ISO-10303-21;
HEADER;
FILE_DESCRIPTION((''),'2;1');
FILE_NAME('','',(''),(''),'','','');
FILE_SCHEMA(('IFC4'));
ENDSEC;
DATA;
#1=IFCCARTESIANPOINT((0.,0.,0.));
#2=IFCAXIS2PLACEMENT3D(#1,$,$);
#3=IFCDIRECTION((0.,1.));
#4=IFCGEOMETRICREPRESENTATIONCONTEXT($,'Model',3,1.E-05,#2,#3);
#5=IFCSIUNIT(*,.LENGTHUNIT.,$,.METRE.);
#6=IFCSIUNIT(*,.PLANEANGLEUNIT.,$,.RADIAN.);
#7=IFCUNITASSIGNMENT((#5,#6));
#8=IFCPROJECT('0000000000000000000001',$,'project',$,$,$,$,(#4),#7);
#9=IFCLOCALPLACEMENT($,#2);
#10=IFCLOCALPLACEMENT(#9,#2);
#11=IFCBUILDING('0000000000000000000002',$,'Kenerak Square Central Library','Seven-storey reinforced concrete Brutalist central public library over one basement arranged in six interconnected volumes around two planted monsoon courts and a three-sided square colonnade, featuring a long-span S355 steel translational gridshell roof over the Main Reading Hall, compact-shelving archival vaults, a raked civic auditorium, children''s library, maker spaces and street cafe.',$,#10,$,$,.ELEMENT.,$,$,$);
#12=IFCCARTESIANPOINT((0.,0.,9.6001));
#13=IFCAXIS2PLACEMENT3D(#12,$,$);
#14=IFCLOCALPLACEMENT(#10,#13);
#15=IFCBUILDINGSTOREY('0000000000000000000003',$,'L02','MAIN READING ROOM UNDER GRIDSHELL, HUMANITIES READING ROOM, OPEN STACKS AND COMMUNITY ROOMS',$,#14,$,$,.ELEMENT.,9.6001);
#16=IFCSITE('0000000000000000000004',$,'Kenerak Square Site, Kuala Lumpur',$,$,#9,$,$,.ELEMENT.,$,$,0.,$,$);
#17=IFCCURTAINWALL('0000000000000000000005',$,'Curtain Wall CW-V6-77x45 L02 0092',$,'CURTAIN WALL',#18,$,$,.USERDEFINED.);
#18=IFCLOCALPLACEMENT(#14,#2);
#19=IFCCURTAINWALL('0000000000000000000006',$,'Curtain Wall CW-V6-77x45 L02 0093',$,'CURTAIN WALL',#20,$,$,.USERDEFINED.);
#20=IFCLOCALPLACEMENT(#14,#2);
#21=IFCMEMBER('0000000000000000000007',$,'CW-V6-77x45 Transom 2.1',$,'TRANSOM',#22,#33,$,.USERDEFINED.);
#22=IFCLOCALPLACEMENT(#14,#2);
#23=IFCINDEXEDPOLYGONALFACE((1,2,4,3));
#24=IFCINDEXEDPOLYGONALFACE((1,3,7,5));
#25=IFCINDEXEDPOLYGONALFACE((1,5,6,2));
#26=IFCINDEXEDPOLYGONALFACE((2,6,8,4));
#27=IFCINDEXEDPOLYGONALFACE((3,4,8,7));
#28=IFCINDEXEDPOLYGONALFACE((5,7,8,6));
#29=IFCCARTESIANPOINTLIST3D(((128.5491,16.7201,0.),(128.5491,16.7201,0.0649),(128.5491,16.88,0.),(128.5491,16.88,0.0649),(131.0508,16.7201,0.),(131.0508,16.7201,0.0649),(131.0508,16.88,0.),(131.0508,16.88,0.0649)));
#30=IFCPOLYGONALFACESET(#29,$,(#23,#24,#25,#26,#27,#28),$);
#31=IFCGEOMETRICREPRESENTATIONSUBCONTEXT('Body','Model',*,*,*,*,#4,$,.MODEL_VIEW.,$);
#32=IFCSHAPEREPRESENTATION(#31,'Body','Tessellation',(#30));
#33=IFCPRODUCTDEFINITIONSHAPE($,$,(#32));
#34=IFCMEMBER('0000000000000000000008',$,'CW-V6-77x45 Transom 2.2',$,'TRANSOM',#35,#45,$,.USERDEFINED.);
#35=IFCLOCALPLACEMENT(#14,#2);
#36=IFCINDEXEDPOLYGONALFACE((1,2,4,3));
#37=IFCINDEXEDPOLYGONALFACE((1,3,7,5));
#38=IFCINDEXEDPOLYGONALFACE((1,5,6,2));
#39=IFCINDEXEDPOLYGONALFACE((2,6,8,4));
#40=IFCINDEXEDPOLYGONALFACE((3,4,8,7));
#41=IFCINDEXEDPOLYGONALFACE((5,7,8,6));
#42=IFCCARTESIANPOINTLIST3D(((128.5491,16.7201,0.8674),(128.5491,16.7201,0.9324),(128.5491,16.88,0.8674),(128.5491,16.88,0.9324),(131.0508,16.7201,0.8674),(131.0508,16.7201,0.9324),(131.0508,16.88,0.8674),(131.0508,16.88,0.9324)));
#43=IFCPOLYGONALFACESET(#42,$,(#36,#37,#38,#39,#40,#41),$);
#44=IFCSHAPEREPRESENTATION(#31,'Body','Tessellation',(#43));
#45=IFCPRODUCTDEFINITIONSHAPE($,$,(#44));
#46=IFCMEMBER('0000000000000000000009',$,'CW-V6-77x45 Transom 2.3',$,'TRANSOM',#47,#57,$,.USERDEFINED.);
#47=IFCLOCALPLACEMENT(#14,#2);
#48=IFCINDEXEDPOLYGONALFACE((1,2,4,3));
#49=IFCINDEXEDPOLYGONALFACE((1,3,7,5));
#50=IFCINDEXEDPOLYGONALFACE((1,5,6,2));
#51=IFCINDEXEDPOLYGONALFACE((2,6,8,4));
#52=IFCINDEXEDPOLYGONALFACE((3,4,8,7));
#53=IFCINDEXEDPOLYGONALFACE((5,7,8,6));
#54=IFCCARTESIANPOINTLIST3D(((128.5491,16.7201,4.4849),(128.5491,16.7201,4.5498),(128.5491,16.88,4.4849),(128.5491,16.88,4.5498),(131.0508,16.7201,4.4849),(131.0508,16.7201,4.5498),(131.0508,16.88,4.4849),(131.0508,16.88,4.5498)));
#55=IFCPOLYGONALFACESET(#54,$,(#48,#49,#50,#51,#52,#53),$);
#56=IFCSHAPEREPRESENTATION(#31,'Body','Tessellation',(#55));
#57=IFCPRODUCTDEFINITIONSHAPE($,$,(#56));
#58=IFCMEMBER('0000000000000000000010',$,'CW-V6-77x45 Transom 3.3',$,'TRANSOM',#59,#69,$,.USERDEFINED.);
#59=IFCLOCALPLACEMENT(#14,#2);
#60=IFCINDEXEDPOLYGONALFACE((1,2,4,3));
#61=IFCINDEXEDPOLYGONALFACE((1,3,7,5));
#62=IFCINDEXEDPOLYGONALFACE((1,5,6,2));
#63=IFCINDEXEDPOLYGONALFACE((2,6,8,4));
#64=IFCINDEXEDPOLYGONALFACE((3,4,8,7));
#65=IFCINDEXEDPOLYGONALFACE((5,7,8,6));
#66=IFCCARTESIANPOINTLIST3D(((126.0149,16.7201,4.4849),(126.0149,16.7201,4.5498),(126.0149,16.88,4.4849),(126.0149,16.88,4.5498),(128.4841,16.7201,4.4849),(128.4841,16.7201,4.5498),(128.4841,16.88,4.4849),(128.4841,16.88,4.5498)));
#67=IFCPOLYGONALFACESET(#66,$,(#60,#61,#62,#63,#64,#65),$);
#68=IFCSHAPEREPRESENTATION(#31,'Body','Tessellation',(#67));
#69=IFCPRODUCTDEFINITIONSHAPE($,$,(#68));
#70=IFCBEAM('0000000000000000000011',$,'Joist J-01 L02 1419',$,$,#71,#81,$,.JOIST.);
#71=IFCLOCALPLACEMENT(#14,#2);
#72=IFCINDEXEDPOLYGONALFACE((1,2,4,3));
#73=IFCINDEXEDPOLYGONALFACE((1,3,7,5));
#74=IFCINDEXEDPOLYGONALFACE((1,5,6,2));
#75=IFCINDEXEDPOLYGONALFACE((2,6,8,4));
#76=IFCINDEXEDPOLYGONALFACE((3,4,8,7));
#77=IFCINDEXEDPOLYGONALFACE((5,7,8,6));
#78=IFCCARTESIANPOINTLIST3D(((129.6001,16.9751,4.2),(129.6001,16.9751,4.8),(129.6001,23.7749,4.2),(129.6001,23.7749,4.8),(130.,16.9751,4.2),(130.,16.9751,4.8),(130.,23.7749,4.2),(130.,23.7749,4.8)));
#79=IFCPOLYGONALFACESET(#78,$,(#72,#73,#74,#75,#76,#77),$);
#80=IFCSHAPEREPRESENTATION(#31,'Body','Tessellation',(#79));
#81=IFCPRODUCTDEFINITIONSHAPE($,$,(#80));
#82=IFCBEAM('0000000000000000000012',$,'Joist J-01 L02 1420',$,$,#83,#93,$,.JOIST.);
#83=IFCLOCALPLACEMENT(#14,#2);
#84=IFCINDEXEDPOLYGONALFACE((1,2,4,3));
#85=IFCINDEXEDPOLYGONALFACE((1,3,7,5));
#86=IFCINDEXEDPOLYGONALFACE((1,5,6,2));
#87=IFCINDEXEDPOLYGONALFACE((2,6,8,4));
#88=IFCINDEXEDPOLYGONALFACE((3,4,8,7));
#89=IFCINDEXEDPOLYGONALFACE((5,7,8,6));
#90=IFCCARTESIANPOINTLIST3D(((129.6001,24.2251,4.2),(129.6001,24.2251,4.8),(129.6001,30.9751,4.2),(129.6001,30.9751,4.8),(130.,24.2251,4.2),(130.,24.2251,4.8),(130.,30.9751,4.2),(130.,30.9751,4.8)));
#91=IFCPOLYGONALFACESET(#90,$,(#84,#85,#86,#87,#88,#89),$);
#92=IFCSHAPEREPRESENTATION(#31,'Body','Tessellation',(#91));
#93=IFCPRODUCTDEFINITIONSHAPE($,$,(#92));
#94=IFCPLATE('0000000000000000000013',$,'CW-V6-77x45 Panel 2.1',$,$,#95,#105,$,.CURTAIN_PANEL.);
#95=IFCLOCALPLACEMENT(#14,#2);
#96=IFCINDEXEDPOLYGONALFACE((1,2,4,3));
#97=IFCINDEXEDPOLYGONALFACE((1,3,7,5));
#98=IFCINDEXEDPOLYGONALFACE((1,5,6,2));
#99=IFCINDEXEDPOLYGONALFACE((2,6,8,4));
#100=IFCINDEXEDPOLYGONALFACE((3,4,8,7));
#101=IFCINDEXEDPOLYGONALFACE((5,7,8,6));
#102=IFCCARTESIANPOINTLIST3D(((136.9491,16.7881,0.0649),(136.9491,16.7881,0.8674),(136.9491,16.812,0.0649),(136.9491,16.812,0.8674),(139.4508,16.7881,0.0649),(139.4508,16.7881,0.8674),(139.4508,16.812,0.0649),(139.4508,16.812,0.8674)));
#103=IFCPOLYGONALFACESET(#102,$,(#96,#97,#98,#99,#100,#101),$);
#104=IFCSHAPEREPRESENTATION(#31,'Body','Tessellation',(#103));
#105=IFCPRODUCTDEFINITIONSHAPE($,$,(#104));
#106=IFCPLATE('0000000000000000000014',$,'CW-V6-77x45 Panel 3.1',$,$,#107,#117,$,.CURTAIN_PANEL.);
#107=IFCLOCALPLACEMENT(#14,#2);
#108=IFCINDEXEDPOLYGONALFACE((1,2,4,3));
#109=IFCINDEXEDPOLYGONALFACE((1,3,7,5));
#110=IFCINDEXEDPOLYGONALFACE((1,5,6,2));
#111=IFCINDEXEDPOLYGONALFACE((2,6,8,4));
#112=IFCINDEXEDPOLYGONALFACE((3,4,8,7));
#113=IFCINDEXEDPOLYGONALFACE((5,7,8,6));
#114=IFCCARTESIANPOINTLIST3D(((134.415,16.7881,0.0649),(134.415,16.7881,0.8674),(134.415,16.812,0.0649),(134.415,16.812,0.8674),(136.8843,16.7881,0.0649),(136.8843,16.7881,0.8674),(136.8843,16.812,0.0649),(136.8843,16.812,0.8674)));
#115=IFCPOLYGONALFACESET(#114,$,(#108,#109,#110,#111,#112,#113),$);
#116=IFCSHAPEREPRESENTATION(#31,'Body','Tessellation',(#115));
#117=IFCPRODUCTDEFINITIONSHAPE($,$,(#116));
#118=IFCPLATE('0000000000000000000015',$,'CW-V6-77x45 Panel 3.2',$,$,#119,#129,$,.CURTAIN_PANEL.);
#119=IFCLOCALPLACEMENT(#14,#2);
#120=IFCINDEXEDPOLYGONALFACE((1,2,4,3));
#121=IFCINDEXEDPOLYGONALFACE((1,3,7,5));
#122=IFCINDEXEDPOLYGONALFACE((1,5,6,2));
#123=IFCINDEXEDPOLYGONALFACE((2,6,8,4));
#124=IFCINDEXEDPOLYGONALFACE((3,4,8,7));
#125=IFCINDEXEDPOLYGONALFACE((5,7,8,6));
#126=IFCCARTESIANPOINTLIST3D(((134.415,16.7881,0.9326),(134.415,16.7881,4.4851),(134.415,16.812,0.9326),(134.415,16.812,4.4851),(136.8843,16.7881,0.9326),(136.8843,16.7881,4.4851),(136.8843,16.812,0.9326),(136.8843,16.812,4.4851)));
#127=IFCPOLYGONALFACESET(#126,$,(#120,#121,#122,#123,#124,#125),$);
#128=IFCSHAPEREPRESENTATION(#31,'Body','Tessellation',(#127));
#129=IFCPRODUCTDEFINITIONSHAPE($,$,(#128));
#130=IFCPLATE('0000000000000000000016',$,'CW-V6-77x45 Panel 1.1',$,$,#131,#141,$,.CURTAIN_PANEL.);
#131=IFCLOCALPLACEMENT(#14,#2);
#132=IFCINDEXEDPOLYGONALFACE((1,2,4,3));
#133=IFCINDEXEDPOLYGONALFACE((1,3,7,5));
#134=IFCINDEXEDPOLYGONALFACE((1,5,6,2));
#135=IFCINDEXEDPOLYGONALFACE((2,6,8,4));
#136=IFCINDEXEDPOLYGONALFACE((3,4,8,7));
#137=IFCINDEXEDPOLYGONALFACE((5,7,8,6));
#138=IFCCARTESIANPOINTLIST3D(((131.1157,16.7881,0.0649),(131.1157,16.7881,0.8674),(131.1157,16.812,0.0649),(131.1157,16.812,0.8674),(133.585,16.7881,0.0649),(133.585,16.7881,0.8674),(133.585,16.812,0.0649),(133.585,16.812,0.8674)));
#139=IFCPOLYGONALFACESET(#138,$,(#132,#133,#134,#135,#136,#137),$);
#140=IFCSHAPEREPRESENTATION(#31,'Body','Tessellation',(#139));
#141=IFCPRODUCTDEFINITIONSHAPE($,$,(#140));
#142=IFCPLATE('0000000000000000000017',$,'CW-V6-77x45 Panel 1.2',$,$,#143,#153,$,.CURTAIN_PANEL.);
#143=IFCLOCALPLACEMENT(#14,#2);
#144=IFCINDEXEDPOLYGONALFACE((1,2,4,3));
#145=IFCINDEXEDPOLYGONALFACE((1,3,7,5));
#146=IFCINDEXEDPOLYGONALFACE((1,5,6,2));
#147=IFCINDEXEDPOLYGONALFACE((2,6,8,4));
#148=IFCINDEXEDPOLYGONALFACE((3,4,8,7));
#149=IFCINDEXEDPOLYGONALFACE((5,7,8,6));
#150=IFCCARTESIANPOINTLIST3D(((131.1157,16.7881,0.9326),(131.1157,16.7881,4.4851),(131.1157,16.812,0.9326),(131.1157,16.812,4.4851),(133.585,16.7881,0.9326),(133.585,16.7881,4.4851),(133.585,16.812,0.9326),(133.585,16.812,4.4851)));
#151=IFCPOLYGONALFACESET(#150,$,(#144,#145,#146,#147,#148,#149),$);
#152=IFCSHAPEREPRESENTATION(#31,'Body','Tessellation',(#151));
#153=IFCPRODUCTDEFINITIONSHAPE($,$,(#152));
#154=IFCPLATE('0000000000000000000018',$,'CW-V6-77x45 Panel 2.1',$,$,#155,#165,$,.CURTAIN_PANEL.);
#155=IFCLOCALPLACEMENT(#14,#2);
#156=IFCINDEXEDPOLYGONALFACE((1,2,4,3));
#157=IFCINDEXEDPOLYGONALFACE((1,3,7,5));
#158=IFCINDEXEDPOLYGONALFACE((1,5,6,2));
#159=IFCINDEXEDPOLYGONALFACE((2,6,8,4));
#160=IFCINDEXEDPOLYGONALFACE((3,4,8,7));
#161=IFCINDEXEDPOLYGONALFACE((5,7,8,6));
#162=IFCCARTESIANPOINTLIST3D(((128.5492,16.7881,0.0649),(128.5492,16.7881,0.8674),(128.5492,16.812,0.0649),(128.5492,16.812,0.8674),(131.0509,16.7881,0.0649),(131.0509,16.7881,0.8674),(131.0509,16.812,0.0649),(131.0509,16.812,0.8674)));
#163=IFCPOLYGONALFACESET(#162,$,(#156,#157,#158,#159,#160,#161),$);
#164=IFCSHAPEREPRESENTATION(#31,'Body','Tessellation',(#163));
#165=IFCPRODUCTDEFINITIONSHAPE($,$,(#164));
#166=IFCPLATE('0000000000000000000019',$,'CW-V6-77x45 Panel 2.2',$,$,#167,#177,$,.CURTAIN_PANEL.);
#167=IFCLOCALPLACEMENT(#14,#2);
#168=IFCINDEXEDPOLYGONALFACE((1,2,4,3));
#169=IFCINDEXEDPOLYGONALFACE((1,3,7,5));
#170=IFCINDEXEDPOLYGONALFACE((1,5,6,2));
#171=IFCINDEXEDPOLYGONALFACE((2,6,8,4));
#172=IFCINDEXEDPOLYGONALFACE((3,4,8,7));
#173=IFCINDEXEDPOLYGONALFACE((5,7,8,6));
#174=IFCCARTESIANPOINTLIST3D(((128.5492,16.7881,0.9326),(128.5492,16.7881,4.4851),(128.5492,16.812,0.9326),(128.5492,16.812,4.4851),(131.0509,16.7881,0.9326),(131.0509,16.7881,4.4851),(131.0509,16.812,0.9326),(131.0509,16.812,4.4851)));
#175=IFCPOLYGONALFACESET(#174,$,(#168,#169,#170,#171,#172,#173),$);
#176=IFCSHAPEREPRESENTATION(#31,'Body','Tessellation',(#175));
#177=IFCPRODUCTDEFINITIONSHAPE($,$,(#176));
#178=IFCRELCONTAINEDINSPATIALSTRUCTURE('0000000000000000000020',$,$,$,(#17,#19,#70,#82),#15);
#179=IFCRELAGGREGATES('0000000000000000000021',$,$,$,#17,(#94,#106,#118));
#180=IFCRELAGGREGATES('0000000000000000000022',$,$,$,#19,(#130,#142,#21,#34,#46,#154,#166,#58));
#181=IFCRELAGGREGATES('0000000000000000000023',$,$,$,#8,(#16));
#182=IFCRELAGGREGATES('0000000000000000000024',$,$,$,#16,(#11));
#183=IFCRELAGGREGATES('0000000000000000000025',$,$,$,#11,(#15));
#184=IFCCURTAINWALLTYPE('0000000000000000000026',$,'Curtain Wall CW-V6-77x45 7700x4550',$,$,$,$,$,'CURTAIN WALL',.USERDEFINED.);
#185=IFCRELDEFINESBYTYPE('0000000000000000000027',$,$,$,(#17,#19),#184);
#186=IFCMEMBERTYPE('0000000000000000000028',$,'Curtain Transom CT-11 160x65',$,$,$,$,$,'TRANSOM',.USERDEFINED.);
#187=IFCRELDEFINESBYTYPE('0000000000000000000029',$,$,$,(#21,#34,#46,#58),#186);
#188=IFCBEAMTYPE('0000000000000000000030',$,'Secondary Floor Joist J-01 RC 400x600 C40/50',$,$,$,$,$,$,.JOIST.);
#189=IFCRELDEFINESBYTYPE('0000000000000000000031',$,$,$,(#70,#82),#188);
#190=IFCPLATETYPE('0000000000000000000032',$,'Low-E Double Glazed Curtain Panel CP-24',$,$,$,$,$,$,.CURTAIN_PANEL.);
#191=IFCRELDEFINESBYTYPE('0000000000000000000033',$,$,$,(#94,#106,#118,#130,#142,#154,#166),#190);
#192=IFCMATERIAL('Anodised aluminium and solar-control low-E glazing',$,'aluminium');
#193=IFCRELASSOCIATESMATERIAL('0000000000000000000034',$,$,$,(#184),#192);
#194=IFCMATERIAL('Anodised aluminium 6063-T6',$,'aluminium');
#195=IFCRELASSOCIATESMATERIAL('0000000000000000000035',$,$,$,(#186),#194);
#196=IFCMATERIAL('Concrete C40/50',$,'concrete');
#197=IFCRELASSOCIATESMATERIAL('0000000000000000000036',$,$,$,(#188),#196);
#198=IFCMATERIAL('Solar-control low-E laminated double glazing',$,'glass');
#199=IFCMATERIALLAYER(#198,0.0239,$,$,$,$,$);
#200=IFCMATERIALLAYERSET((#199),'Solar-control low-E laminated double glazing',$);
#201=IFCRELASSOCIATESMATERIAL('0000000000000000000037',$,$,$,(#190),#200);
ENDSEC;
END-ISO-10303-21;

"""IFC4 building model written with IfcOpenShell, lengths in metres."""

from ifc_helpers import new_model, si_unit, direction, frame, origin, origin_2d, place, context, subcontext, project, spatial, rectangle, extrude, material, layer, layer_set, material_profile, profile_set, type_object, element, aggregate, save


model = new_model("IFC4")

# Units and contexts
model_context = context("Model", 3, precision=1e-05, world=origin(), true_north=direction((0.0, 1.0)))
body_context = subcontext(model_context, "Body", "Model", "MODEL_VIEW")
ifc_project = project(units=[si_unit("LENGTHUNIT", "METRE"), si_unit("PLANEANGLEUNIT", "RADIAN")], contexts=[model_context])

# Site, building, storey
site_placement = place(None, origin())
site = spatial("IfcSite", under=ifc_project, at=site_placement, Name="Kenerak Square Site, Kuala Lumpur", CompositionType="ELEMENT", RefElevation=0.0)
building_placement = place(site_placement, origin())
building = spatial("IfcBuilding", under=site, at=building_placement, Name="Kenerak Square Central Library", Description="Seven-storey reinforced concrete Brutalist central public library over one basement arranged in six interconnected volumes around two planted monsoon courts and a three-sided square colonnade, featuring a long-span S355 steel translational gridshell roof over the Main Reading Hall, compact-shelving archival vaults, a raked civic auditorium, children's library, maker spaces and street cafe.", CompositionType="ELEMENT")
storey_placement = place(building_placement, frame((0.0, 0.0, 9.6001)))
storey = spatial("IfcBuildingStorey", under=building, at=storey_placement, Name="L02", Description="MAIN READING ROOM UNDER GRIDSHELL, HUMANITIES READING ROOM, OPEN STACKS AND COMMUNITY ROOMS", CompositionType="ELEMENT", Elevation=9.6001)

# Shared definitions
ifc_material_1 = material(Name="Concrete C40/50", Category="concrete")

# Curtain walls
ifc_material_2 = material(Name="Anodised aluminium and solar-control low-E glazing", Category="aluminium")
curtain_wall_type = type_object("IfcCurtainWallType", Name="Curtain Wall CW-V6-77x45 7700x4550", ElementType="CURTAIN WALL", PredefinedType="USERDEFINED", material=ifc_material_2)
curtain_wall_1_placement = place(storey_placement, origin())
curtain_wall_1 = element("IfcCurtainWall", 1, at=curtain_wall_1_placement, inside=storey, type_object=curtain_wall_type, Name="Curtain Wall CW-V6-77x45 L02 0092", ObjectType="CURTAIN WALL", PredefinedType="USERDEFINED")
ifc_material_3 = material(Name="Anodised aluminium 6063-T6", Category="aluminium")
curtain_wall_2_placement = place(storey_placement, origin())
curtain_wall_2 = element("IfcCurtainWall", 2, at=curtain_wall_2_placement, inside=storey, type_object=curtain_wall_type, Name="Curtain Wall CW-V6-77x45 L02 0093", ObjectType="CURTAIN WALL", PredefinedType="USERDEFINED")

# Members
ifc_material_profile_1 = material_profile(ifc_material_3, rectangle(XDim=0.1599, YDim=0.0649, at=origin_2d()), Name="AL TRANSOM 160x65")
ifc_profile_set_1 = profile_set([ifc_material_profile_1], Name="Anodised aluminium 6063-T6")
member_type_1 = type_object("IfcMemberType", Name="Curtain Transom CT-11 160x65", ElementType="TRANSOM", PredefinedType="USERDEFINED", material=ifc_profile_set_1)
member_1_placement = place(storey_placement, frame((131.0508, 16.8, 0.0325), z_axis=(-1.0, 0.0, 0.0), x_axis=(0.0, -1.0, 0.0)))
member_1 = element("IfcMember", 3, at=member_1_placement, type_object=member_type_1, Name="CW-V6-77x45 Transom 2.1", ObjectType="TRANSOM", PredefinedType="USERDEFINED", context=body_context, shape_type="SweptSolid", body=[
    extrude(rectangle(XDim=0.1599, YDim=0.0649, at=origin_2d()), origin(), (0.0, 0.0, 1.0), 2.5017),
])
member_2_placement = place(storey_placement, frame((131.0508, 16.8, 0.8999), z_axis=(-1.0, 0.0, 0.0), x_axis=(0.0, -1.0, 0.0)))
member_2 = element("IfcMember", 4, at=member_2_placement, type_object=member_type_1, Name="CW-V6-77x45 Transom 2.2", ObjectType="TRANSOM", PredefinedType="USERDEFINED", context=body_context, shape_type="SweptSolid", body=[
    extrude(rectangle(XDim=0.1599, YDim=0.0649, at=origin_2d()), origin(), (0.0, 0.0, 1.0), 2.5017),
])
member_3_placement = place(storey_placement, frame((131.0508, 16.8, 4.5173), z_axis=(-1.0, 0.0, 0.0), x_axis=(0.0, -1.0, 0.0)))
member_3 = element("IfcMember", 5, at=member_3_placement, type_object=member_type_1, Name="CW-V6-77x45 Transom 2.3", ObjectType="TRANSOM", PredefinedType="USERDEFINED", context=body_context, shape_type="SweptSolid", body=[
    extrude(rectangle(XDim=0.1599, YDim=0.0649, at=origin_2d()), origin(), (0.0, 0.0, 1.0), 2.5017),
])
member_4_placement = place(storey_placement, frame((128.4841, 16.8, 4.5173), z_axis=(-1.0, 0.0, 0.0), x_axis=(0.0, -1.0, 0.0)))
member_4 = element("IfcMember", 6, at=member_4_placement, type_object=member_type_1, Name="CW-V6-77x45 Transom 3.3", ObjectType="TRANSOM", PredefinedType="USERDEFINED", context=body_context, shape_type="SweptSolid", body=[
    extrude(rectangle(XDim=0.1599, YDim=0.0649, at=origin_2d()), origin(), (0.0, 0.0, 1.0), 2.4692),
])

# Beams
ifc_material_profile_2 = material_profile(ifc_material_1, rectangle(XDim=0.3999, YDim=0.6001, at=origin_2d()), Name="RC 400x600")
ifc_profile_set_2 = profile_set([ifc_material_profile_2], Name="Concrete C40/50")
beam_type_1 = type_object("IfcBeamType", Name="Secondary Floor Joist J-01 RC 400x600 C40/50", PredefinedType="JOIST", material=ifc_profile_set_2)
beam_1_placement = place(storey_placement, frame((129.8, 16.9751, 4.5), z_axis=(0.0, 1.0, 0.0), x_axis=(-1.0, 0.0, 0.0)))
element("IfcBeam", 7, at=beam_1_placement, inside=storey, type_object=beam_type_1, Name="Joist J-01 L02 1419", PredefinedType="JOIST", context=body_context, shape_type="SweptSolid", body=[
    extrude(rectangle(XDim=0.3999, YDim=0.6001, at=origin_2d()), origin(), (0.0, 0.0, 1.0), 6.7998),
])
beam_2_placement = place(storey_placement, frame((129.8, 24.2251, 4.5), z_axis=(0.0, 1.0, 0.0), x_axis=(-1.0, 0.0, 0.0)))
element("IfcBeam", 8, at=beam_2_placement, inside=storey, type_object=beam_type_1, Name="Joist J-01 L02 1420", PredefinedType="JOIST", context=body_context, shape_type="SweptSolid", body=[
    extrude(rectangle(XDim=0.3999, YDim=0.6001, at=origin_2d()), origin(), (0.0, 0.0, 1.0), 6.75),
])

# Plates
ifc_material_4 = material(Name="Solar-control low-E laminated double glazing", Category="glass")
ifc_layer = layer(ifc_material_4, 0.0239)
ifc_layer_set = layer_set([ifc_layer], Name="Solar-control low-E laminated double glazing")
plate_type = type_object("IfcPlateType", Name="Low-E Double Glazed Curtain Panel CP-24", PredefinedType="CURTAIN_PANEL", material=ifc_layer_set)
plate_1_placement = place(storey_placement, frame((138.2, 16.8, 0.0649), z_axis=(0.0, 0.0, 1.0), x_axis=(-1.0, 0.0, 0.0)))
plate_1 = element("IfcPlate", 9, at=plate_1_placement, type_object=plate_type, Name="CW-V6-77x45 Panel 2.1", PredefinedType="CURTAIN_PANEL", context=body_context, shape_type="SweptSolid", body=[
    extrude(rectangle(XDim=2.5017, YDim=0.0239, at=origin_2d()), origin(), (0.0, 0.0, 1.0), 0.8025),
])
plate_2_placement = place(storey_placement, frame((135.6497, 16.8, 0.0649), z_axis=(0.0, 0.0, 1.0), x_axis=(-1.0, 0.0, 0.0)))
plate_2 = element("IfcPlate", 10, at=plate_2_placement, type_object=plate_type, Name="CW-V6-77x45 Panel 3.1", PredefinedType="CURTAIN_PANEL", context=body_context, shape_type="SweptSolid", body=[
    extrude(rectangle(XDim=2.4692, YDim=0.0239, at=origin_2d()), origin(), (0.0, 0.0, 1.0), 0.8025),
])
plate_3_placement = place(storey_placement, frame((135.6497, 16.8, 0.9326), z_axis=(0.0, 0.0, 1.0), x_axis=(-1.0, 0.0, 0.0)))
plate_3 = element("IfcPlate", 11, at=plate_3_placement, type_object=plate_type, Name="CW-V6-77x45 Panel 3.2", PredefinedType="CURTAIN_PANEL", context=body_context, shape_type="SweptSolid", body=[
    extrude(rectangle(XDim=2.4692, YDim=0.0239, at=origin_2d()), origin(), (0.0, 0.0, 1.0), 3.5525),
])
aggregate(curtain_wall_1, [plate_1, plate_2, plate_3])
plate_4_placement = place(storey_placement, frame((132.3503, 16.8, 0.0649), z_axis=(0.0, 0.0, 1.0), x_axis=(-1.0, 0.0, 0.0)))
plate_4 = element("IfcPlate", 12, at=plate_4_placement, type_object=plate_type, Name="CW-V6-77x45 Panel 1.1", PredefinedType="CURTAIN_PANEL", context=body_context, shape_type="SweptSolid", body=[
    extrude(rectangle(XDim=2.4692, YDim=0.0239, at=origin_2d()), origin(), (0.0, 0.0, 1.0), 0.8025),
])
plate_5_placement = place(storey_placement, frame((132.3503, 16.8, 0.9326), z_axis=(0.0, 0.0, 1.0), x_axis=(-1.0, 0.0, 0.0)))
plate_5 = element("IfcPlate", 13, at=plate_5_placement, type_object=plate_type, Name="CW-V6-77x45 Panel 1.2", PredefinedType="CURTAIN_PANEL", context=body_context, shape_type="SweptSolid", body=[
    extrude(rectangle(XDim=2.4692, YDim=0.0239, at=origin_2d()), origin(), (0.0, 0.0, 1.0), 3.5525),
])
plate_6_placement = place(storey_placement, frame((129.8, 16.8, 0.0649), z_axis=(0.0, 0.0, 1.0), x_axis=(-1.0, 0.0, 0.0)))
plate_6 = element("IfcPlate", 14, at=plate_6_placement, type_object=plate_type, Name="CW-V6-77x45 Panel 2.1", PredefinedType="CURTAIN_PANEL", context=body_context, shape_type="SweptSolid", body=[
    extrude(rectangle(XDim=2.5017, YDim=0.0239, at=origin_2d()), origin(), (0.0, 0.0, 1.0), 0.8025),
])
plate_7_placement = place(storey_placement, frame((129.8, 16.8, 0.9326), z_axis=(0.0, 0.0, 1.0), x_axis=(-1.0, 0.0, 0.0)))
plate_7 = element("IfcPlate", 15, at=plate_7_placement, type_object=plate_type, Name="CW-V6-77x45 Panel 2.2", PredefinedType="CURTAIN_PANEL", context=body_context, shape_type="SweptSolid", body=[
    extrude(rectangle(XDim=2.5017, YDim=0.0239, at=origin_2d()), origin(), (0.0, 0.0, 1.0), 3.5525),
])
aggregate(curtain_wall_2, [plate_4, plate_5, member_1, member_2, member_3, plate_6, plate_7, member_4])

save(model, "model.ifc")
